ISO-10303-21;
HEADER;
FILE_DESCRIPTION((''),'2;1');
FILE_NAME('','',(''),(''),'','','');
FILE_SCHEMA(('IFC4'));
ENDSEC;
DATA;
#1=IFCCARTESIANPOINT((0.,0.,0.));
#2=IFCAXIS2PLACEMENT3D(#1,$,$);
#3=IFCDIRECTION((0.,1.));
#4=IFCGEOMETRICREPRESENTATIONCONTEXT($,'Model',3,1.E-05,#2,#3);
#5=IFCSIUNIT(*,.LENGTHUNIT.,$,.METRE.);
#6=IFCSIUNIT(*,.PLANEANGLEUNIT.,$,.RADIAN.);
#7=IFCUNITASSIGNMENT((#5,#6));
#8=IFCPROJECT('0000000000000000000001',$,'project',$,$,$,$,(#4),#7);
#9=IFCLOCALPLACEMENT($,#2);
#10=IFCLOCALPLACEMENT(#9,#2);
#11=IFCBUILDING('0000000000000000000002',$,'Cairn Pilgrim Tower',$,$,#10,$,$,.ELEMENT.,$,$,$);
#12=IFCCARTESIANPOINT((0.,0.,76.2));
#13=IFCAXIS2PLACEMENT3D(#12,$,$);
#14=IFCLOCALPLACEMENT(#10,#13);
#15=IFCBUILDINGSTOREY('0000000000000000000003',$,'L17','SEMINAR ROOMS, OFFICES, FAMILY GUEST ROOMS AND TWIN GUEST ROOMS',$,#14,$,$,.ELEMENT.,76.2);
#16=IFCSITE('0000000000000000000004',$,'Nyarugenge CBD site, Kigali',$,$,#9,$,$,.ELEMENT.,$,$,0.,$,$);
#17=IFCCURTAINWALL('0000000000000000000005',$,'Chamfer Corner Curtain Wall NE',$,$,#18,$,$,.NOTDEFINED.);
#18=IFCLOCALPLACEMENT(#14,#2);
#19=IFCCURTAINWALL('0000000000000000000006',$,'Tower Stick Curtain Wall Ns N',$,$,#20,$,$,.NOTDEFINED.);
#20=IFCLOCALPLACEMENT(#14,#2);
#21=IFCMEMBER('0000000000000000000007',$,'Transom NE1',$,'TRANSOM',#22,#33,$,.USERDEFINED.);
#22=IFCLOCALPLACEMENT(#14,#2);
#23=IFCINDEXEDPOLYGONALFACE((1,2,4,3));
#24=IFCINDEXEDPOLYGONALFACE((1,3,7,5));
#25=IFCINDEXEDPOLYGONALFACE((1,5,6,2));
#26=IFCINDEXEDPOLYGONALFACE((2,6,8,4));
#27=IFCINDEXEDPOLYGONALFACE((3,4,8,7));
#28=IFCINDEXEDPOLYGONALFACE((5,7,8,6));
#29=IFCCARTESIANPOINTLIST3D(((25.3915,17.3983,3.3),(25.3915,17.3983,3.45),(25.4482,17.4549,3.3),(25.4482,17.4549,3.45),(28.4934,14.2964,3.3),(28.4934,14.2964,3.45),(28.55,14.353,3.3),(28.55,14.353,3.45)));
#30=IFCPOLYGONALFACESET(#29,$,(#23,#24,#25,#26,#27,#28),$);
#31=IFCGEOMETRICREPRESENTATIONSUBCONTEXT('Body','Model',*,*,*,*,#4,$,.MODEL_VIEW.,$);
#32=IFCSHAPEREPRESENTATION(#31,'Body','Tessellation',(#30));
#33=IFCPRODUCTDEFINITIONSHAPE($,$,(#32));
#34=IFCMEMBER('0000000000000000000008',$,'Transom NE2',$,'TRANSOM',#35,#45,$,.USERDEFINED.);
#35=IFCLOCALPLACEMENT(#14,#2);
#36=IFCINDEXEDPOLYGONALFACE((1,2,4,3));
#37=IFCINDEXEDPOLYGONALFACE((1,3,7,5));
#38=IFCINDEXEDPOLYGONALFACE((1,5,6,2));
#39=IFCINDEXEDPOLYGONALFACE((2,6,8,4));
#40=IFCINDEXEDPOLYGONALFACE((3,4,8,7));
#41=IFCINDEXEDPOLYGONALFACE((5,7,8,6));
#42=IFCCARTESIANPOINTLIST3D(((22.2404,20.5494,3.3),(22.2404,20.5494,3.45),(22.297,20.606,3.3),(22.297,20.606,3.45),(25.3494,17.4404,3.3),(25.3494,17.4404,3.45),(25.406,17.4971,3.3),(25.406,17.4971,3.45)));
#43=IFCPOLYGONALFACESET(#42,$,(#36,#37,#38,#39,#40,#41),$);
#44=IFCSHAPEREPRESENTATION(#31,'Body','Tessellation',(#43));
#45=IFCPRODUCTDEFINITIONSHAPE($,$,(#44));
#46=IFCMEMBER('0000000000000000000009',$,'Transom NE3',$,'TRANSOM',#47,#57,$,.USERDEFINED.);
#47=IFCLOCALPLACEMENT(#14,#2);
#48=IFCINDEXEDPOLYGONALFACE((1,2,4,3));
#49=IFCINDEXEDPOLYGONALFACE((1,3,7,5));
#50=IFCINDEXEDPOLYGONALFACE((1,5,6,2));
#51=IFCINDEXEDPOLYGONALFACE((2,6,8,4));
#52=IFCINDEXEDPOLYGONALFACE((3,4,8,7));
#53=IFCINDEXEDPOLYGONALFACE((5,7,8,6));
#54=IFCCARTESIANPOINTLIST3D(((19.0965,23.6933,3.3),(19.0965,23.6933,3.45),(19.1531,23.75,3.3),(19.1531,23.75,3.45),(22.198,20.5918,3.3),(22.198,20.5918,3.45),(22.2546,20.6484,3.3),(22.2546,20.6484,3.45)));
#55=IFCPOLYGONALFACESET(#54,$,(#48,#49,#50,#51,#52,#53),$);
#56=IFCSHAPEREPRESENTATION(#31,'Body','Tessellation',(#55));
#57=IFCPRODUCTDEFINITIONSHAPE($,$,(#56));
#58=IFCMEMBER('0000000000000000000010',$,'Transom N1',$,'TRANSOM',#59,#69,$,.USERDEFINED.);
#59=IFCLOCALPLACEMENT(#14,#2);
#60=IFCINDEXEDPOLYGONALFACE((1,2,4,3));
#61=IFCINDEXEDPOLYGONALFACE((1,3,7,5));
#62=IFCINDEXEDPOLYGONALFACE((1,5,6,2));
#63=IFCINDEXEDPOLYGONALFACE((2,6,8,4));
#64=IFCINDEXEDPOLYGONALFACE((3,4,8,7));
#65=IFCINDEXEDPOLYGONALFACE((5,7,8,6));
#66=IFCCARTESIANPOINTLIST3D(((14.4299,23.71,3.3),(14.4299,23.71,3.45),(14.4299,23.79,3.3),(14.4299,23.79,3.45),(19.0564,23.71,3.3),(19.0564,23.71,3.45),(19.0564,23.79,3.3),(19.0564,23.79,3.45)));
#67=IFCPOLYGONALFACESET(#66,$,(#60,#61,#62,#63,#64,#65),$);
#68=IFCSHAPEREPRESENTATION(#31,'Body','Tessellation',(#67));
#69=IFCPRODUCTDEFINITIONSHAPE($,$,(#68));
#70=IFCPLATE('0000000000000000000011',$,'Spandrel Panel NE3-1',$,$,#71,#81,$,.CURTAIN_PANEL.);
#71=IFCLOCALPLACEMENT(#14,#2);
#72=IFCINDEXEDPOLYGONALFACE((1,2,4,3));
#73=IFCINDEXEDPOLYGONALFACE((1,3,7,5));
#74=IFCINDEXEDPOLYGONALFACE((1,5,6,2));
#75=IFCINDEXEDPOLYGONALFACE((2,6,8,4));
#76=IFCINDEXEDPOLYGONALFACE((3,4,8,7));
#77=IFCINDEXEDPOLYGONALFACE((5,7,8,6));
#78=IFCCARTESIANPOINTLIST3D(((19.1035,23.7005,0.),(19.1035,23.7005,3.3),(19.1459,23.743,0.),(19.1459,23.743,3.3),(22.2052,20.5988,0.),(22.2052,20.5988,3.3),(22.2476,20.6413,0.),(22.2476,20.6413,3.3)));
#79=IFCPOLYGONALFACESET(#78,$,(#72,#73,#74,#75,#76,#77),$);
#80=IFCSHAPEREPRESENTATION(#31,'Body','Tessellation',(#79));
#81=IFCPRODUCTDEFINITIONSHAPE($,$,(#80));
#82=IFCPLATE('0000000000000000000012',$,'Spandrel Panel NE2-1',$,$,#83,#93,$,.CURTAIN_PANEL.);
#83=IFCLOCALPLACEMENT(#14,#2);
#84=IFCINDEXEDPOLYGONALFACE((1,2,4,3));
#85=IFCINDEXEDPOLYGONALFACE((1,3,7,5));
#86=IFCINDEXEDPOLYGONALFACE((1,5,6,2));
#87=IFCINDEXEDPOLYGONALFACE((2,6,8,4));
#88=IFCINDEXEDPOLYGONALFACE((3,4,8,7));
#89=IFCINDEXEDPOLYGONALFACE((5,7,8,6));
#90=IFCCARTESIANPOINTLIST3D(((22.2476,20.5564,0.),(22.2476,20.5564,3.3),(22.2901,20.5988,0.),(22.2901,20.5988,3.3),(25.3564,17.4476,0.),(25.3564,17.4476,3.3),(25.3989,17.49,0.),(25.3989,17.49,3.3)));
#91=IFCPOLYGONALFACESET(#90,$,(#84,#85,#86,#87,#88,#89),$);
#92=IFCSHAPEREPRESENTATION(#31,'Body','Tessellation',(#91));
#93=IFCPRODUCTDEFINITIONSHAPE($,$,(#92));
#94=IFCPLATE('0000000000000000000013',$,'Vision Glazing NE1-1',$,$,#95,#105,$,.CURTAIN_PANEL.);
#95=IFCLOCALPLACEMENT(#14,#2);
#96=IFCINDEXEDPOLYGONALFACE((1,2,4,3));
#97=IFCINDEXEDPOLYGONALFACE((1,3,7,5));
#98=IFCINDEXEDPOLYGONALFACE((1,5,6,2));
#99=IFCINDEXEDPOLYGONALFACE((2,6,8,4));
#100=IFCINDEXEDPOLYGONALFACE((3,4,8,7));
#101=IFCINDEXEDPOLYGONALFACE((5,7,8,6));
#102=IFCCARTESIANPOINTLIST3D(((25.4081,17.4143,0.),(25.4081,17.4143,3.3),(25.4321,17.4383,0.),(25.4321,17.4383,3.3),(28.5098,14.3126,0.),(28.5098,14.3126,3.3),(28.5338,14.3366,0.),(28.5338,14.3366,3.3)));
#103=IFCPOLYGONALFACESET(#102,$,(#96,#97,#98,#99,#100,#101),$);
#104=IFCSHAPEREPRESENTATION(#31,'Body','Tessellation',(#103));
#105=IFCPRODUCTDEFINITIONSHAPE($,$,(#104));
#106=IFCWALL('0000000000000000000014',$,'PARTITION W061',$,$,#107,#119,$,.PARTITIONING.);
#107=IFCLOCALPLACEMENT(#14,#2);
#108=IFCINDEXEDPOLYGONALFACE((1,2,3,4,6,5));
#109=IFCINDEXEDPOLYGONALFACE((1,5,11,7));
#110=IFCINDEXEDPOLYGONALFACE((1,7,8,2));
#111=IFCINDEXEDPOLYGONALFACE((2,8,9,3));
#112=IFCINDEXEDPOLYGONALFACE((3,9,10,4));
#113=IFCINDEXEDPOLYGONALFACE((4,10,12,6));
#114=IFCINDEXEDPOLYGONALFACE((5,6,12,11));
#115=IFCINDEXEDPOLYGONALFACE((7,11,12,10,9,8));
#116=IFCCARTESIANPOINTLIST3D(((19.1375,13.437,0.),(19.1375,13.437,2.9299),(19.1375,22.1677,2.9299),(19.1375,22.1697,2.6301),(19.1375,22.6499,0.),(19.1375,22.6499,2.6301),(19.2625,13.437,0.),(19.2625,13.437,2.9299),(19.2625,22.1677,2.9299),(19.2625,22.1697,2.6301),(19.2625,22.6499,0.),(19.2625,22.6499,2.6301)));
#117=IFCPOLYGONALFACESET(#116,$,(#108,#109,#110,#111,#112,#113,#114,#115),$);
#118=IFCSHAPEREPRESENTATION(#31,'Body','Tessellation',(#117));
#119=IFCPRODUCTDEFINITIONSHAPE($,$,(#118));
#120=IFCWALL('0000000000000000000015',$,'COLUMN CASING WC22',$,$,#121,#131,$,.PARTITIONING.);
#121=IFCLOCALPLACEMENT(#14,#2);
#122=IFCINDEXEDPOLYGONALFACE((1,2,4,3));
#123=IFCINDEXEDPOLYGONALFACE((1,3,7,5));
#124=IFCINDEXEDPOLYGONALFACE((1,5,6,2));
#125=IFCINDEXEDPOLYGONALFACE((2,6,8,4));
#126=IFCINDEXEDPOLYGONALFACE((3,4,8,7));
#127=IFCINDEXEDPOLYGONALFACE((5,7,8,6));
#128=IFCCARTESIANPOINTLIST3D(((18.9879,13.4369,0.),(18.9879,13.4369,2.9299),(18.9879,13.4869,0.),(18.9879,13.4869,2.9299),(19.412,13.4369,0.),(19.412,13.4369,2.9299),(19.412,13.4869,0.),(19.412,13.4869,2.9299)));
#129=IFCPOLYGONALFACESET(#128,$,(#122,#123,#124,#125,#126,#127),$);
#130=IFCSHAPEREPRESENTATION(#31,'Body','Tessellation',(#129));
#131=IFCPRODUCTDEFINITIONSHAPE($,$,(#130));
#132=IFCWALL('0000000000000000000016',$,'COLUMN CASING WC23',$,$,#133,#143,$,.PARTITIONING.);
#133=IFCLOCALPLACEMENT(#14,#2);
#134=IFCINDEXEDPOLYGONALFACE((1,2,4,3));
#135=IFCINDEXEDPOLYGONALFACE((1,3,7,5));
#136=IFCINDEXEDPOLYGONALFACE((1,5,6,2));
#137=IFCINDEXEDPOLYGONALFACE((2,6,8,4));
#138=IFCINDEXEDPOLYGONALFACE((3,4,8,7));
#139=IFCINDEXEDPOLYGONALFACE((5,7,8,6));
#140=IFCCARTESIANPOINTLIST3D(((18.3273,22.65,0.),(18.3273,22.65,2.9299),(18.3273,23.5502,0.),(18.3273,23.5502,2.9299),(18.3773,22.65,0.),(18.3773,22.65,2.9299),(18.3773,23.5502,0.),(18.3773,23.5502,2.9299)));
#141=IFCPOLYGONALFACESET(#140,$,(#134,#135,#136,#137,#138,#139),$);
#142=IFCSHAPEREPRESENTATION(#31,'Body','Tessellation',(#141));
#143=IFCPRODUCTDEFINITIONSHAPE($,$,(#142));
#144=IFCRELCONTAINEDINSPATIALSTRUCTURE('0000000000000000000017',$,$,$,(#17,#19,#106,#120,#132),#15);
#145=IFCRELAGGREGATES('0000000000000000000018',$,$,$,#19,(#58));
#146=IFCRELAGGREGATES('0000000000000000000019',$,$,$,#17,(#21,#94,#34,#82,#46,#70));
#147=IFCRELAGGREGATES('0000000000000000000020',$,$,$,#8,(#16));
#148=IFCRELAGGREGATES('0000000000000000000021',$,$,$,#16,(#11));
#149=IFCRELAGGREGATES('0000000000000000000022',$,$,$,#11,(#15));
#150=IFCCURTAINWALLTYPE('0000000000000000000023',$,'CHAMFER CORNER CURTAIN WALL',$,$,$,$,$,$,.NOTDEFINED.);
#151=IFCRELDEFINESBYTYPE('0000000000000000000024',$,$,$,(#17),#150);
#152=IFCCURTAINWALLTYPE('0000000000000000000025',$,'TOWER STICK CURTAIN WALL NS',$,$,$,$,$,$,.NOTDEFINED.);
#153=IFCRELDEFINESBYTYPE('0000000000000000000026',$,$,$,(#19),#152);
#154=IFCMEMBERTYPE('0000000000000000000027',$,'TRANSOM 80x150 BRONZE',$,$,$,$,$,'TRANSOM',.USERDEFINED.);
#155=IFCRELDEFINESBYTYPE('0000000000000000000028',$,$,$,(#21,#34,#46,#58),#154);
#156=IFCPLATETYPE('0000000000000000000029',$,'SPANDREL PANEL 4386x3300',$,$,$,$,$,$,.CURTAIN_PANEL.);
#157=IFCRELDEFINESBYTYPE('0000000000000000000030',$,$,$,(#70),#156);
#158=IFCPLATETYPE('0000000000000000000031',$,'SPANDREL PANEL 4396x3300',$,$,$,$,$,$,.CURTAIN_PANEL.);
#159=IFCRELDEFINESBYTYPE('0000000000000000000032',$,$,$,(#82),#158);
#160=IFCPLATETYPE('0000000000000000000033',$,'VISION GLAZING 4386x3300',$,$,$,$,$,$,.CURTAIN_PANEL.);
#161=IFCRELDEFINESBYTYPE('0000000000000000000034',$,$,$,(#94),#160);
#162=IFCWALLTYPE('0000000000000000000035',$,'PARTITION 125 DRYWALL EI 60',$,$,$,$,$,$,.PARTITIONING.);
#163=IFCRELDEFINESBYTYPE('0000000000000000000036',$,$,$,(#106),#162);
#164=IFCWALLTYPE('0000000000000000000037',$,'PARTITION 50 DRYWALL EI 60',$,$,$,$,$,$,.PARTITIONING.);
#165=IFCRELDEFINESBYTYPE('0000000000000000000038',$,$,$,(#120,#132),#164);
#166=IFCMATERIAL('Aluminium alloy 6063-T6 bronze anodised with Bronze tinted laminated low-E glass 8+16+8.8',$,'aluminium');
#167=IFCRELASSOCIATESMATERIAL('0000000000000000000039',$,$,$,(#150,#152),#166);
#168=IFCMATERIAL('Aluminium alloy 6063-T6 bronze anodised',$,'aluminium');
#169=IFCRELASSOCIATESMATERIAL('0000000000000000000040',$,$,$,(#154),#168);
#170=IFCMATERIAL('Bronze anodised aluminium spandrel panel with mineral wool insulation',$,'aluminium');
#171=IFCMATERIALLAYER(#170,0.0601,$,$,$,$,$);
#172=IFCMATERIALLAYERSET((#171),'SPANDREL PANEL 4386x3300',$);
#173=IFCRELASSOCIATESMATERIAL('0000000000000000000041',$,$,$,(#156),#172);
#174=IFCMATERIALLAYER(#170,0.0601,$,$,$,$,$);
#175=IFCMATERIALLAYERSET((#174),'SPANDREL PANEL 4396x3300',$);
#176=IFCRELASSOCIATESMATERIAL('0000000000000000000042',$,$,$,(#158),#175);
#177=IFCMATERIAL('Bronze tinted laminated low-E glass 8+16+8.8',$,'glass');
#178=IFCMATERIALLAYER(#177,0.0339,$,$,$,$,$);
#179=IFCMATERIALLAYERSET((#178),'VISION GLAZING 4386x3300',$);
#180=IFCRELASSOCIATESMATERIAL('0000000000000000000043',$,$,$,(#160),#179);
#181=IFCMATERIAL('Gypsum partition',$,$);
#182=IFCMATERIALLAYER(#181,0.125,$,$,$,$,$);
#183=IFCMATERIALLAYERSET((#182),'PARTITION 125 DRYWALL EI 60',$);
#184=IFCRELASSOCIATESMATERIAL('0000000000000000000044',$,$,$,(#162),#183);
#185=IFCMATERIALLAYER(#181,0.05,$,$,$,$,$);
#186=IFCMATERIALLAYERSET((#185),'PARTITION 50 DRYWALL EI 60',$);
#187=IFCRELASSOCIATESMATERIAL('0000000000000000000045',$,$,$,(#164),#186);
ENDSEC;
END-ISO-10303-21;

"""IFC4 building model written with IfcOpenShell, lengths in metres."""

from ifc_helpers import new_model, si_unit, direction, frame, frame_2d, origin, origin_2d, place, context, subcontext, project, spatial, polyline, rectangle, outline, extrude, material, layer, layer_set, material_profile, profile_set, type_object, element, aggregate, save


model = new_model("IFC4")

# Units and contexts
model_context = context("Model", 3, precision=1e-05, world=origin(), true_north=direction((0.0, 1.0)))
body_context = subcontext(model_context, "Body", "Model", "MODEL_VIEW")
ifc_project = project(units=[si_unit("LENGTHUNIT", "METRE"), si_unit("PLANEANGLEUNIT", "RADIAN")], contexts=[model_context])

# Site, building, storey
site_placement = place(None, origin())
site = spatial("IfcSite", under=ifc_project, at=site_placement, Name="Nyarugenge CBD site, Kigali", CompositionType="ELEMENT", RefElevation=0.0)
building_placement = place(site_placement, origin())
building = spatial("IfcBuilding", under=site, at=building_placement, Name="Cairn Pilgrim Tower", CompositionType="ELEMENT")
storey_placement = place(building_placement, frame((0.0, 0.0, 76.2)))
storey = spatial("IfcBuildingStorey", under=building, at=storey_placement, Name="L17", Description="SEMINAR ROOMS, OFFICES, FAMILY GUEST ROOMS AND TWIN GUEST ROOMS", CompositionType="ELEMENT", Elevation=76.2)

# Curtain wall
ifc_material_1 = material(Name="Aluminium alloy 6063-T6 bronze anodised with Bronze tinted laminated low-E glass 8+16+8.8", Category="aluminium")
curtain_wall_type_1 = type_object("IfcCurtainWallType", Name="CHAMFER CORNER CURTAIN WALL", PredefinedType="NOTDEFINED", material=ifc_material_1)
curtain_wall_1_placement = place(storey_placement, origin())
curtain_wall_1 = element("IfcCurtainWall", 1, at=curtain_wall_1_placement, inside=storey, type_object=curtain_wall_type_1, Name="Chamfer Corner Curtain Wall NE", PredefinedType="NOTDEFINED")
ifc_material_2 = material(Name="Aluminium alloy 6063-T6 bronze anodised", Category="aluminium")

# Curtain wall
curtain_wall_type_2 = type_object("IfcCurtainWallType", Name="TOWER STICK CURTAIN WALL NS", PredefinedType="NOTDEFINED", material=ifc_material_1)
curtain_wall_2_placement = place(storey_placement, origin())
curtain_wall_2 = element("IfcCurtainWall", 2, at=curtain_wall_2_placement, inside=storey, type_object=curtain_wall_type_2, Name="Tower Stick Curtain Wall Ns N", PredefinedType="NOTDEFINED")

# Members
ifc_material_profile_1 = material_profile(ifc_material_2, rectangle(XDim=0.0801, YDim=0.1499, at=origin_2d()), Name="TRANSOM 80x150 BRONZE")
ifc_profile_set_1 = profile_set([ifc_material_profile_1], Name="Aluminium alloy 6063-T6 bronze anodised")
member_type_1 = type_object("IfcMemberType", Name="TRANSOM 80x150 BRONZE", ElementType="TRANSOM", PredefinedType="USERDEFINED", material=ifc_profile_set_1)
member_1_placement = place(storey_placement, frame((28.5217, 14.3247, 3.375), z_axis=(-0.707107, 0.707107, 0.0), x_axis=(-0.707107, -0.707107, 0.0)))
member_1 = element("IfcMember", 3, at=member_1_placement, type_object=member_type_1, Name="Transom NE1", ObjectType="TRANSOM", PredefinedType="USERDEFINED", context=body_context, shape_type="SweptSolid", body=[
    extrude(rectangle(XDim=0.0801, YDim=0.1499, at=origin_2d()), origin(), (0.0, 0.0, 1.0), 4.3867),
])
member_2_placement = place(storey_placement, frame((25.3777, 17.4688, 3.375), z_axis=(-0.707107, 0.707107, 0.0), x_axis=(-0.707107, -0.707107, 0.0)))
member_2 = element("IfcMember", 4, at=member_2_placement, type_object=member_type_1, Name="Transom NE2", ObjectType="TRANSOM", PredefinedType="USERDEFINED", context=body_context, shape_type="SweptSolid", body=[
    extrude(rectangle(XDim=0.0801, YDim=0.1499, at=origin_2d()), origin(), (0.0, 0.0, 1.0), 4.3967),
])
member_3_placement = place(storey_placement, frame((22.2263, 20.6201, 3.375), z_axis=(-0.707107, 0.707107, 0.0), x_axis=(-0.707107, -0.707107, 0.0)))
member_3 = element("IfcMember", 5, at=member_3_placement, type_object=member_type_1, Name="Transom NE3", ObjectType="TRANSOM", PredefinedType="USERDEFINED", context=body_context, shape_type="SweptSolid", body=[
    extrude(rectangle(XDim=0.0801, YDim=0.1499, at=origin_2d()), origin(), (0.0, 0.0, 1.0), 4.3862),
])
member_4_placement = place(storey_placement, frame((19.0564, 23.75, 3.375), z_axis=(-1.0, 0.0, 0.0), x_axis=(0.0, -1.0, 0.0)))
member_4 = element("IfcMember", 6, at=member_4_placement, type_object=member_type_1, Name="Transom N1", ObjectType="TRANSOM", PredefinedType="USERDEFINED", context=body_context, shape_type="SweptSolid", body=[
    extrude(rectangle(XDim=0.0801, YDim=0.1499, at=origin_2d()), origin(), (0.0, 0.0, 1.0), 4.6265),
])
aggregate(curtain_wall_2, [member_4])

# Plates
ifc_material_3 = material(Name="Bronze anodised aluminium spandrel panel with mineral wool insulation", Category="aluminium")
ifc_layer_1 = layer(ifc_material_3, 0.0601)
ifc_layer_set_1 = layer_set([ifc_layer_1], Name="SPANDREL PANEL 4386x3300")
plate_type_1 = type_object("IfcPlateType", Name="SPANDREL PANEL 4386x3300", PredefinedType="CURTAIN_PANEL", material=ifc_layer_set_1)
plate_1_placement = place(storey_placement, frame((20.6755, 22.1709, 0.0), z_axis=(0.0, 0.0, 1.0), x_axis=(-0.707107, 0.707107, 0.0)))
plate_1 = element("IfcPlate", 7, at=plate_1_placement, type_object=plate_type_1, Name="Spandrel Panel NE3-1", PredefinedType="CURTAIN_PANEL", context=body_context, shape_type="SweptSolid", body=[
    extrude(rectangle(XDim=4.3865, YDim=0.0601, at=origin_2d()), origin(), (0.0, 0.0, 1.0), 3.3),
])
ifc_layer_2 = layer(ifc_material_3, 0.0601)
ifc_layer_set_2 = layer_set([ifc_layer_2], Name="SPANDREL PANEL 4396x3300")
plate_type_2 = type_object("IfcPlateType", Name="SPANDREL PANEL 4396x3300", PredefinedType="CURTAIN_PANEL", material=ifc_layer_set_2)
plate_2_placement = place(storey_placement, frame((23.8232, 19.0232, 0.0), z_axis=(0.0, 0.0, 1.0), x_axis=(-0.707107, 0.707107, 0.0)))
plate_2 = element("IfcPlate", 8, at=plate_2_placement, type_object=plate_type_2, Name="Spandrel Panel NE2-1", PredefinedType="CURTAIN_PANEL", context=body_context, shape_type="SweptSolid", body=[
    extrude(rectangle(XDim=4.3965, YDim=0.0601, at=origin_2d()), origin(), (0.0, 0.0, 1.0), 3.3),
])
ifc_material_4 = material(Name="Bronze tinted laminated low-E glass 8+16+8.8", Category="glass")
ifc_layer_3 = layer(ifc_material_4, 0.0339)
ifc_layer_set_3 = layer_set([ifc_layer_3], Name="VISION GLAZING 4386x3300")
plate_type_3 = type_object("IfcPlateType", Name="VISION GLAZING 4386x3300", PredefinedType="CURTAIN_PANEL", material=ifc_layer_set_3)
plate_3_placement = place(storey_placement, frame((26.9709, 15.8755, 0.0), z_axis=(0.0, 0.0, 1.0), x_axis=(-0.707107, 0.707107, 0.0)))
plate_3 = element("IfcPlate", 9, at=plate_3_placement, type_object=plate_type_3, Name="Vision Glazing NE1-1", PredefinedType="CURTAIN_PANEL", context=body_context, shape_type="SweptSolid", body=[
    extrude(rectangle(XDim=4.3865, YDim=0.0339, at=origin_2d()), origin(), (0.0, 0.0, 1.0), 3.3),
])
aggregate(curtain_wall_1, [member_1, plate_3, member_2, plate_2, member_3, plate_1])

# Walls
ifc_material_5 = material(Name="Gypsum partition")
ifc_layer_4 = layer(ifc_material_5, 0.125)
ifc_layer_set_4 = layer_set([ifc_layer_4], Name="PARTITION 125 DRYWALL EI 60")
wall_type_1 = type_object("IfcWallType", Name="PARTITION 125 DRYWALL EI 60", PredefinedType="PARTITIONING", material=ifc_layer_set_4)
wall_1_placement = place(storey_placement, frame((19.2, 13.437, 0.0), z_axis=(0.0, 0.0, 1.0), x_axis=(0.0, 1.0, 0.0)))
element("IfcWall", 10, at=wall_1_placement, inside=storey, type_object=wall_type_1, Name="PARTITION W061", PredefinedType="PARTITIONING", context=body_context, shape_type="SweptSolid", body=[
    extrude(outline(polyline([(0.0, 0.0), (9.2129, 0.0), (9.2129, 2.6301), (8.7327, 2.6301), (8.7307, 2.9299), (0.0, 2.9299), (0.0, 0.0)])), frame((0.0, 0.0625, 0.0), z_axis=(0.0, -1.0, 0.0), x_axis=(1.0, 0.0, 0.0)), (0.0, 0.0, 1.0), 0.125),
])
ifc_layer_5 = layer(ifc_material_5, 0.05)
ifc_layer_set_5 = layer_set([ifc_layer_5], Name="PARTITION 50 DRYWALL EI 60")
wall_type_2 = type_object("IfcWallType", Name="PARTITION 50 DRYWALL EI 60", PredefinedType="PARTITIONING", material=ifc_layer_set_5)
wall_2_placement = place(storey_placement, frame((18.988, 13.4619, 0.0), z_axis=(0.0, 0.0, 1.0), x_axis=(1.0, 0.0, 0.0)))
element("IfcWall", 11, at=wall_2_placement, inside=storey, type_object=wall_type_2, Name="COLUMN CASING WC22", PredefinedType="PARTITIONING", context=body_context, shape_type="SweptSolid", body=[
    extrude(rectangle(XDim=0.4241, YDim=0.05, at=frame_2d((0.2119, 0.0))), origin(), (0.0, 0.0, 1.0), 2.9299),
])
wall_3_placement = place(storey_placement, frame((18.3523, 22.6499, 0.0), z_axis=(0.0, 0.0, 1.0), x_axis=(0.0, 1.0, 0.0)))
element("IfcWall", 12, at=wall_3_placement, inside=storey, type_object=wall_type_2, Name="COLUMN CASING WC23", PredefinedType="PARTITIONING", context=body_context, shape_type="SweptSolid", body=[
    extrude(rectangle(XDim=0.9001, YDim=0.05, at=frame_2d((0.4502, 0.0))), origin(), (0.0, 0.0, 1.0), 2.9299),
])

save(model, "model.ifc")
